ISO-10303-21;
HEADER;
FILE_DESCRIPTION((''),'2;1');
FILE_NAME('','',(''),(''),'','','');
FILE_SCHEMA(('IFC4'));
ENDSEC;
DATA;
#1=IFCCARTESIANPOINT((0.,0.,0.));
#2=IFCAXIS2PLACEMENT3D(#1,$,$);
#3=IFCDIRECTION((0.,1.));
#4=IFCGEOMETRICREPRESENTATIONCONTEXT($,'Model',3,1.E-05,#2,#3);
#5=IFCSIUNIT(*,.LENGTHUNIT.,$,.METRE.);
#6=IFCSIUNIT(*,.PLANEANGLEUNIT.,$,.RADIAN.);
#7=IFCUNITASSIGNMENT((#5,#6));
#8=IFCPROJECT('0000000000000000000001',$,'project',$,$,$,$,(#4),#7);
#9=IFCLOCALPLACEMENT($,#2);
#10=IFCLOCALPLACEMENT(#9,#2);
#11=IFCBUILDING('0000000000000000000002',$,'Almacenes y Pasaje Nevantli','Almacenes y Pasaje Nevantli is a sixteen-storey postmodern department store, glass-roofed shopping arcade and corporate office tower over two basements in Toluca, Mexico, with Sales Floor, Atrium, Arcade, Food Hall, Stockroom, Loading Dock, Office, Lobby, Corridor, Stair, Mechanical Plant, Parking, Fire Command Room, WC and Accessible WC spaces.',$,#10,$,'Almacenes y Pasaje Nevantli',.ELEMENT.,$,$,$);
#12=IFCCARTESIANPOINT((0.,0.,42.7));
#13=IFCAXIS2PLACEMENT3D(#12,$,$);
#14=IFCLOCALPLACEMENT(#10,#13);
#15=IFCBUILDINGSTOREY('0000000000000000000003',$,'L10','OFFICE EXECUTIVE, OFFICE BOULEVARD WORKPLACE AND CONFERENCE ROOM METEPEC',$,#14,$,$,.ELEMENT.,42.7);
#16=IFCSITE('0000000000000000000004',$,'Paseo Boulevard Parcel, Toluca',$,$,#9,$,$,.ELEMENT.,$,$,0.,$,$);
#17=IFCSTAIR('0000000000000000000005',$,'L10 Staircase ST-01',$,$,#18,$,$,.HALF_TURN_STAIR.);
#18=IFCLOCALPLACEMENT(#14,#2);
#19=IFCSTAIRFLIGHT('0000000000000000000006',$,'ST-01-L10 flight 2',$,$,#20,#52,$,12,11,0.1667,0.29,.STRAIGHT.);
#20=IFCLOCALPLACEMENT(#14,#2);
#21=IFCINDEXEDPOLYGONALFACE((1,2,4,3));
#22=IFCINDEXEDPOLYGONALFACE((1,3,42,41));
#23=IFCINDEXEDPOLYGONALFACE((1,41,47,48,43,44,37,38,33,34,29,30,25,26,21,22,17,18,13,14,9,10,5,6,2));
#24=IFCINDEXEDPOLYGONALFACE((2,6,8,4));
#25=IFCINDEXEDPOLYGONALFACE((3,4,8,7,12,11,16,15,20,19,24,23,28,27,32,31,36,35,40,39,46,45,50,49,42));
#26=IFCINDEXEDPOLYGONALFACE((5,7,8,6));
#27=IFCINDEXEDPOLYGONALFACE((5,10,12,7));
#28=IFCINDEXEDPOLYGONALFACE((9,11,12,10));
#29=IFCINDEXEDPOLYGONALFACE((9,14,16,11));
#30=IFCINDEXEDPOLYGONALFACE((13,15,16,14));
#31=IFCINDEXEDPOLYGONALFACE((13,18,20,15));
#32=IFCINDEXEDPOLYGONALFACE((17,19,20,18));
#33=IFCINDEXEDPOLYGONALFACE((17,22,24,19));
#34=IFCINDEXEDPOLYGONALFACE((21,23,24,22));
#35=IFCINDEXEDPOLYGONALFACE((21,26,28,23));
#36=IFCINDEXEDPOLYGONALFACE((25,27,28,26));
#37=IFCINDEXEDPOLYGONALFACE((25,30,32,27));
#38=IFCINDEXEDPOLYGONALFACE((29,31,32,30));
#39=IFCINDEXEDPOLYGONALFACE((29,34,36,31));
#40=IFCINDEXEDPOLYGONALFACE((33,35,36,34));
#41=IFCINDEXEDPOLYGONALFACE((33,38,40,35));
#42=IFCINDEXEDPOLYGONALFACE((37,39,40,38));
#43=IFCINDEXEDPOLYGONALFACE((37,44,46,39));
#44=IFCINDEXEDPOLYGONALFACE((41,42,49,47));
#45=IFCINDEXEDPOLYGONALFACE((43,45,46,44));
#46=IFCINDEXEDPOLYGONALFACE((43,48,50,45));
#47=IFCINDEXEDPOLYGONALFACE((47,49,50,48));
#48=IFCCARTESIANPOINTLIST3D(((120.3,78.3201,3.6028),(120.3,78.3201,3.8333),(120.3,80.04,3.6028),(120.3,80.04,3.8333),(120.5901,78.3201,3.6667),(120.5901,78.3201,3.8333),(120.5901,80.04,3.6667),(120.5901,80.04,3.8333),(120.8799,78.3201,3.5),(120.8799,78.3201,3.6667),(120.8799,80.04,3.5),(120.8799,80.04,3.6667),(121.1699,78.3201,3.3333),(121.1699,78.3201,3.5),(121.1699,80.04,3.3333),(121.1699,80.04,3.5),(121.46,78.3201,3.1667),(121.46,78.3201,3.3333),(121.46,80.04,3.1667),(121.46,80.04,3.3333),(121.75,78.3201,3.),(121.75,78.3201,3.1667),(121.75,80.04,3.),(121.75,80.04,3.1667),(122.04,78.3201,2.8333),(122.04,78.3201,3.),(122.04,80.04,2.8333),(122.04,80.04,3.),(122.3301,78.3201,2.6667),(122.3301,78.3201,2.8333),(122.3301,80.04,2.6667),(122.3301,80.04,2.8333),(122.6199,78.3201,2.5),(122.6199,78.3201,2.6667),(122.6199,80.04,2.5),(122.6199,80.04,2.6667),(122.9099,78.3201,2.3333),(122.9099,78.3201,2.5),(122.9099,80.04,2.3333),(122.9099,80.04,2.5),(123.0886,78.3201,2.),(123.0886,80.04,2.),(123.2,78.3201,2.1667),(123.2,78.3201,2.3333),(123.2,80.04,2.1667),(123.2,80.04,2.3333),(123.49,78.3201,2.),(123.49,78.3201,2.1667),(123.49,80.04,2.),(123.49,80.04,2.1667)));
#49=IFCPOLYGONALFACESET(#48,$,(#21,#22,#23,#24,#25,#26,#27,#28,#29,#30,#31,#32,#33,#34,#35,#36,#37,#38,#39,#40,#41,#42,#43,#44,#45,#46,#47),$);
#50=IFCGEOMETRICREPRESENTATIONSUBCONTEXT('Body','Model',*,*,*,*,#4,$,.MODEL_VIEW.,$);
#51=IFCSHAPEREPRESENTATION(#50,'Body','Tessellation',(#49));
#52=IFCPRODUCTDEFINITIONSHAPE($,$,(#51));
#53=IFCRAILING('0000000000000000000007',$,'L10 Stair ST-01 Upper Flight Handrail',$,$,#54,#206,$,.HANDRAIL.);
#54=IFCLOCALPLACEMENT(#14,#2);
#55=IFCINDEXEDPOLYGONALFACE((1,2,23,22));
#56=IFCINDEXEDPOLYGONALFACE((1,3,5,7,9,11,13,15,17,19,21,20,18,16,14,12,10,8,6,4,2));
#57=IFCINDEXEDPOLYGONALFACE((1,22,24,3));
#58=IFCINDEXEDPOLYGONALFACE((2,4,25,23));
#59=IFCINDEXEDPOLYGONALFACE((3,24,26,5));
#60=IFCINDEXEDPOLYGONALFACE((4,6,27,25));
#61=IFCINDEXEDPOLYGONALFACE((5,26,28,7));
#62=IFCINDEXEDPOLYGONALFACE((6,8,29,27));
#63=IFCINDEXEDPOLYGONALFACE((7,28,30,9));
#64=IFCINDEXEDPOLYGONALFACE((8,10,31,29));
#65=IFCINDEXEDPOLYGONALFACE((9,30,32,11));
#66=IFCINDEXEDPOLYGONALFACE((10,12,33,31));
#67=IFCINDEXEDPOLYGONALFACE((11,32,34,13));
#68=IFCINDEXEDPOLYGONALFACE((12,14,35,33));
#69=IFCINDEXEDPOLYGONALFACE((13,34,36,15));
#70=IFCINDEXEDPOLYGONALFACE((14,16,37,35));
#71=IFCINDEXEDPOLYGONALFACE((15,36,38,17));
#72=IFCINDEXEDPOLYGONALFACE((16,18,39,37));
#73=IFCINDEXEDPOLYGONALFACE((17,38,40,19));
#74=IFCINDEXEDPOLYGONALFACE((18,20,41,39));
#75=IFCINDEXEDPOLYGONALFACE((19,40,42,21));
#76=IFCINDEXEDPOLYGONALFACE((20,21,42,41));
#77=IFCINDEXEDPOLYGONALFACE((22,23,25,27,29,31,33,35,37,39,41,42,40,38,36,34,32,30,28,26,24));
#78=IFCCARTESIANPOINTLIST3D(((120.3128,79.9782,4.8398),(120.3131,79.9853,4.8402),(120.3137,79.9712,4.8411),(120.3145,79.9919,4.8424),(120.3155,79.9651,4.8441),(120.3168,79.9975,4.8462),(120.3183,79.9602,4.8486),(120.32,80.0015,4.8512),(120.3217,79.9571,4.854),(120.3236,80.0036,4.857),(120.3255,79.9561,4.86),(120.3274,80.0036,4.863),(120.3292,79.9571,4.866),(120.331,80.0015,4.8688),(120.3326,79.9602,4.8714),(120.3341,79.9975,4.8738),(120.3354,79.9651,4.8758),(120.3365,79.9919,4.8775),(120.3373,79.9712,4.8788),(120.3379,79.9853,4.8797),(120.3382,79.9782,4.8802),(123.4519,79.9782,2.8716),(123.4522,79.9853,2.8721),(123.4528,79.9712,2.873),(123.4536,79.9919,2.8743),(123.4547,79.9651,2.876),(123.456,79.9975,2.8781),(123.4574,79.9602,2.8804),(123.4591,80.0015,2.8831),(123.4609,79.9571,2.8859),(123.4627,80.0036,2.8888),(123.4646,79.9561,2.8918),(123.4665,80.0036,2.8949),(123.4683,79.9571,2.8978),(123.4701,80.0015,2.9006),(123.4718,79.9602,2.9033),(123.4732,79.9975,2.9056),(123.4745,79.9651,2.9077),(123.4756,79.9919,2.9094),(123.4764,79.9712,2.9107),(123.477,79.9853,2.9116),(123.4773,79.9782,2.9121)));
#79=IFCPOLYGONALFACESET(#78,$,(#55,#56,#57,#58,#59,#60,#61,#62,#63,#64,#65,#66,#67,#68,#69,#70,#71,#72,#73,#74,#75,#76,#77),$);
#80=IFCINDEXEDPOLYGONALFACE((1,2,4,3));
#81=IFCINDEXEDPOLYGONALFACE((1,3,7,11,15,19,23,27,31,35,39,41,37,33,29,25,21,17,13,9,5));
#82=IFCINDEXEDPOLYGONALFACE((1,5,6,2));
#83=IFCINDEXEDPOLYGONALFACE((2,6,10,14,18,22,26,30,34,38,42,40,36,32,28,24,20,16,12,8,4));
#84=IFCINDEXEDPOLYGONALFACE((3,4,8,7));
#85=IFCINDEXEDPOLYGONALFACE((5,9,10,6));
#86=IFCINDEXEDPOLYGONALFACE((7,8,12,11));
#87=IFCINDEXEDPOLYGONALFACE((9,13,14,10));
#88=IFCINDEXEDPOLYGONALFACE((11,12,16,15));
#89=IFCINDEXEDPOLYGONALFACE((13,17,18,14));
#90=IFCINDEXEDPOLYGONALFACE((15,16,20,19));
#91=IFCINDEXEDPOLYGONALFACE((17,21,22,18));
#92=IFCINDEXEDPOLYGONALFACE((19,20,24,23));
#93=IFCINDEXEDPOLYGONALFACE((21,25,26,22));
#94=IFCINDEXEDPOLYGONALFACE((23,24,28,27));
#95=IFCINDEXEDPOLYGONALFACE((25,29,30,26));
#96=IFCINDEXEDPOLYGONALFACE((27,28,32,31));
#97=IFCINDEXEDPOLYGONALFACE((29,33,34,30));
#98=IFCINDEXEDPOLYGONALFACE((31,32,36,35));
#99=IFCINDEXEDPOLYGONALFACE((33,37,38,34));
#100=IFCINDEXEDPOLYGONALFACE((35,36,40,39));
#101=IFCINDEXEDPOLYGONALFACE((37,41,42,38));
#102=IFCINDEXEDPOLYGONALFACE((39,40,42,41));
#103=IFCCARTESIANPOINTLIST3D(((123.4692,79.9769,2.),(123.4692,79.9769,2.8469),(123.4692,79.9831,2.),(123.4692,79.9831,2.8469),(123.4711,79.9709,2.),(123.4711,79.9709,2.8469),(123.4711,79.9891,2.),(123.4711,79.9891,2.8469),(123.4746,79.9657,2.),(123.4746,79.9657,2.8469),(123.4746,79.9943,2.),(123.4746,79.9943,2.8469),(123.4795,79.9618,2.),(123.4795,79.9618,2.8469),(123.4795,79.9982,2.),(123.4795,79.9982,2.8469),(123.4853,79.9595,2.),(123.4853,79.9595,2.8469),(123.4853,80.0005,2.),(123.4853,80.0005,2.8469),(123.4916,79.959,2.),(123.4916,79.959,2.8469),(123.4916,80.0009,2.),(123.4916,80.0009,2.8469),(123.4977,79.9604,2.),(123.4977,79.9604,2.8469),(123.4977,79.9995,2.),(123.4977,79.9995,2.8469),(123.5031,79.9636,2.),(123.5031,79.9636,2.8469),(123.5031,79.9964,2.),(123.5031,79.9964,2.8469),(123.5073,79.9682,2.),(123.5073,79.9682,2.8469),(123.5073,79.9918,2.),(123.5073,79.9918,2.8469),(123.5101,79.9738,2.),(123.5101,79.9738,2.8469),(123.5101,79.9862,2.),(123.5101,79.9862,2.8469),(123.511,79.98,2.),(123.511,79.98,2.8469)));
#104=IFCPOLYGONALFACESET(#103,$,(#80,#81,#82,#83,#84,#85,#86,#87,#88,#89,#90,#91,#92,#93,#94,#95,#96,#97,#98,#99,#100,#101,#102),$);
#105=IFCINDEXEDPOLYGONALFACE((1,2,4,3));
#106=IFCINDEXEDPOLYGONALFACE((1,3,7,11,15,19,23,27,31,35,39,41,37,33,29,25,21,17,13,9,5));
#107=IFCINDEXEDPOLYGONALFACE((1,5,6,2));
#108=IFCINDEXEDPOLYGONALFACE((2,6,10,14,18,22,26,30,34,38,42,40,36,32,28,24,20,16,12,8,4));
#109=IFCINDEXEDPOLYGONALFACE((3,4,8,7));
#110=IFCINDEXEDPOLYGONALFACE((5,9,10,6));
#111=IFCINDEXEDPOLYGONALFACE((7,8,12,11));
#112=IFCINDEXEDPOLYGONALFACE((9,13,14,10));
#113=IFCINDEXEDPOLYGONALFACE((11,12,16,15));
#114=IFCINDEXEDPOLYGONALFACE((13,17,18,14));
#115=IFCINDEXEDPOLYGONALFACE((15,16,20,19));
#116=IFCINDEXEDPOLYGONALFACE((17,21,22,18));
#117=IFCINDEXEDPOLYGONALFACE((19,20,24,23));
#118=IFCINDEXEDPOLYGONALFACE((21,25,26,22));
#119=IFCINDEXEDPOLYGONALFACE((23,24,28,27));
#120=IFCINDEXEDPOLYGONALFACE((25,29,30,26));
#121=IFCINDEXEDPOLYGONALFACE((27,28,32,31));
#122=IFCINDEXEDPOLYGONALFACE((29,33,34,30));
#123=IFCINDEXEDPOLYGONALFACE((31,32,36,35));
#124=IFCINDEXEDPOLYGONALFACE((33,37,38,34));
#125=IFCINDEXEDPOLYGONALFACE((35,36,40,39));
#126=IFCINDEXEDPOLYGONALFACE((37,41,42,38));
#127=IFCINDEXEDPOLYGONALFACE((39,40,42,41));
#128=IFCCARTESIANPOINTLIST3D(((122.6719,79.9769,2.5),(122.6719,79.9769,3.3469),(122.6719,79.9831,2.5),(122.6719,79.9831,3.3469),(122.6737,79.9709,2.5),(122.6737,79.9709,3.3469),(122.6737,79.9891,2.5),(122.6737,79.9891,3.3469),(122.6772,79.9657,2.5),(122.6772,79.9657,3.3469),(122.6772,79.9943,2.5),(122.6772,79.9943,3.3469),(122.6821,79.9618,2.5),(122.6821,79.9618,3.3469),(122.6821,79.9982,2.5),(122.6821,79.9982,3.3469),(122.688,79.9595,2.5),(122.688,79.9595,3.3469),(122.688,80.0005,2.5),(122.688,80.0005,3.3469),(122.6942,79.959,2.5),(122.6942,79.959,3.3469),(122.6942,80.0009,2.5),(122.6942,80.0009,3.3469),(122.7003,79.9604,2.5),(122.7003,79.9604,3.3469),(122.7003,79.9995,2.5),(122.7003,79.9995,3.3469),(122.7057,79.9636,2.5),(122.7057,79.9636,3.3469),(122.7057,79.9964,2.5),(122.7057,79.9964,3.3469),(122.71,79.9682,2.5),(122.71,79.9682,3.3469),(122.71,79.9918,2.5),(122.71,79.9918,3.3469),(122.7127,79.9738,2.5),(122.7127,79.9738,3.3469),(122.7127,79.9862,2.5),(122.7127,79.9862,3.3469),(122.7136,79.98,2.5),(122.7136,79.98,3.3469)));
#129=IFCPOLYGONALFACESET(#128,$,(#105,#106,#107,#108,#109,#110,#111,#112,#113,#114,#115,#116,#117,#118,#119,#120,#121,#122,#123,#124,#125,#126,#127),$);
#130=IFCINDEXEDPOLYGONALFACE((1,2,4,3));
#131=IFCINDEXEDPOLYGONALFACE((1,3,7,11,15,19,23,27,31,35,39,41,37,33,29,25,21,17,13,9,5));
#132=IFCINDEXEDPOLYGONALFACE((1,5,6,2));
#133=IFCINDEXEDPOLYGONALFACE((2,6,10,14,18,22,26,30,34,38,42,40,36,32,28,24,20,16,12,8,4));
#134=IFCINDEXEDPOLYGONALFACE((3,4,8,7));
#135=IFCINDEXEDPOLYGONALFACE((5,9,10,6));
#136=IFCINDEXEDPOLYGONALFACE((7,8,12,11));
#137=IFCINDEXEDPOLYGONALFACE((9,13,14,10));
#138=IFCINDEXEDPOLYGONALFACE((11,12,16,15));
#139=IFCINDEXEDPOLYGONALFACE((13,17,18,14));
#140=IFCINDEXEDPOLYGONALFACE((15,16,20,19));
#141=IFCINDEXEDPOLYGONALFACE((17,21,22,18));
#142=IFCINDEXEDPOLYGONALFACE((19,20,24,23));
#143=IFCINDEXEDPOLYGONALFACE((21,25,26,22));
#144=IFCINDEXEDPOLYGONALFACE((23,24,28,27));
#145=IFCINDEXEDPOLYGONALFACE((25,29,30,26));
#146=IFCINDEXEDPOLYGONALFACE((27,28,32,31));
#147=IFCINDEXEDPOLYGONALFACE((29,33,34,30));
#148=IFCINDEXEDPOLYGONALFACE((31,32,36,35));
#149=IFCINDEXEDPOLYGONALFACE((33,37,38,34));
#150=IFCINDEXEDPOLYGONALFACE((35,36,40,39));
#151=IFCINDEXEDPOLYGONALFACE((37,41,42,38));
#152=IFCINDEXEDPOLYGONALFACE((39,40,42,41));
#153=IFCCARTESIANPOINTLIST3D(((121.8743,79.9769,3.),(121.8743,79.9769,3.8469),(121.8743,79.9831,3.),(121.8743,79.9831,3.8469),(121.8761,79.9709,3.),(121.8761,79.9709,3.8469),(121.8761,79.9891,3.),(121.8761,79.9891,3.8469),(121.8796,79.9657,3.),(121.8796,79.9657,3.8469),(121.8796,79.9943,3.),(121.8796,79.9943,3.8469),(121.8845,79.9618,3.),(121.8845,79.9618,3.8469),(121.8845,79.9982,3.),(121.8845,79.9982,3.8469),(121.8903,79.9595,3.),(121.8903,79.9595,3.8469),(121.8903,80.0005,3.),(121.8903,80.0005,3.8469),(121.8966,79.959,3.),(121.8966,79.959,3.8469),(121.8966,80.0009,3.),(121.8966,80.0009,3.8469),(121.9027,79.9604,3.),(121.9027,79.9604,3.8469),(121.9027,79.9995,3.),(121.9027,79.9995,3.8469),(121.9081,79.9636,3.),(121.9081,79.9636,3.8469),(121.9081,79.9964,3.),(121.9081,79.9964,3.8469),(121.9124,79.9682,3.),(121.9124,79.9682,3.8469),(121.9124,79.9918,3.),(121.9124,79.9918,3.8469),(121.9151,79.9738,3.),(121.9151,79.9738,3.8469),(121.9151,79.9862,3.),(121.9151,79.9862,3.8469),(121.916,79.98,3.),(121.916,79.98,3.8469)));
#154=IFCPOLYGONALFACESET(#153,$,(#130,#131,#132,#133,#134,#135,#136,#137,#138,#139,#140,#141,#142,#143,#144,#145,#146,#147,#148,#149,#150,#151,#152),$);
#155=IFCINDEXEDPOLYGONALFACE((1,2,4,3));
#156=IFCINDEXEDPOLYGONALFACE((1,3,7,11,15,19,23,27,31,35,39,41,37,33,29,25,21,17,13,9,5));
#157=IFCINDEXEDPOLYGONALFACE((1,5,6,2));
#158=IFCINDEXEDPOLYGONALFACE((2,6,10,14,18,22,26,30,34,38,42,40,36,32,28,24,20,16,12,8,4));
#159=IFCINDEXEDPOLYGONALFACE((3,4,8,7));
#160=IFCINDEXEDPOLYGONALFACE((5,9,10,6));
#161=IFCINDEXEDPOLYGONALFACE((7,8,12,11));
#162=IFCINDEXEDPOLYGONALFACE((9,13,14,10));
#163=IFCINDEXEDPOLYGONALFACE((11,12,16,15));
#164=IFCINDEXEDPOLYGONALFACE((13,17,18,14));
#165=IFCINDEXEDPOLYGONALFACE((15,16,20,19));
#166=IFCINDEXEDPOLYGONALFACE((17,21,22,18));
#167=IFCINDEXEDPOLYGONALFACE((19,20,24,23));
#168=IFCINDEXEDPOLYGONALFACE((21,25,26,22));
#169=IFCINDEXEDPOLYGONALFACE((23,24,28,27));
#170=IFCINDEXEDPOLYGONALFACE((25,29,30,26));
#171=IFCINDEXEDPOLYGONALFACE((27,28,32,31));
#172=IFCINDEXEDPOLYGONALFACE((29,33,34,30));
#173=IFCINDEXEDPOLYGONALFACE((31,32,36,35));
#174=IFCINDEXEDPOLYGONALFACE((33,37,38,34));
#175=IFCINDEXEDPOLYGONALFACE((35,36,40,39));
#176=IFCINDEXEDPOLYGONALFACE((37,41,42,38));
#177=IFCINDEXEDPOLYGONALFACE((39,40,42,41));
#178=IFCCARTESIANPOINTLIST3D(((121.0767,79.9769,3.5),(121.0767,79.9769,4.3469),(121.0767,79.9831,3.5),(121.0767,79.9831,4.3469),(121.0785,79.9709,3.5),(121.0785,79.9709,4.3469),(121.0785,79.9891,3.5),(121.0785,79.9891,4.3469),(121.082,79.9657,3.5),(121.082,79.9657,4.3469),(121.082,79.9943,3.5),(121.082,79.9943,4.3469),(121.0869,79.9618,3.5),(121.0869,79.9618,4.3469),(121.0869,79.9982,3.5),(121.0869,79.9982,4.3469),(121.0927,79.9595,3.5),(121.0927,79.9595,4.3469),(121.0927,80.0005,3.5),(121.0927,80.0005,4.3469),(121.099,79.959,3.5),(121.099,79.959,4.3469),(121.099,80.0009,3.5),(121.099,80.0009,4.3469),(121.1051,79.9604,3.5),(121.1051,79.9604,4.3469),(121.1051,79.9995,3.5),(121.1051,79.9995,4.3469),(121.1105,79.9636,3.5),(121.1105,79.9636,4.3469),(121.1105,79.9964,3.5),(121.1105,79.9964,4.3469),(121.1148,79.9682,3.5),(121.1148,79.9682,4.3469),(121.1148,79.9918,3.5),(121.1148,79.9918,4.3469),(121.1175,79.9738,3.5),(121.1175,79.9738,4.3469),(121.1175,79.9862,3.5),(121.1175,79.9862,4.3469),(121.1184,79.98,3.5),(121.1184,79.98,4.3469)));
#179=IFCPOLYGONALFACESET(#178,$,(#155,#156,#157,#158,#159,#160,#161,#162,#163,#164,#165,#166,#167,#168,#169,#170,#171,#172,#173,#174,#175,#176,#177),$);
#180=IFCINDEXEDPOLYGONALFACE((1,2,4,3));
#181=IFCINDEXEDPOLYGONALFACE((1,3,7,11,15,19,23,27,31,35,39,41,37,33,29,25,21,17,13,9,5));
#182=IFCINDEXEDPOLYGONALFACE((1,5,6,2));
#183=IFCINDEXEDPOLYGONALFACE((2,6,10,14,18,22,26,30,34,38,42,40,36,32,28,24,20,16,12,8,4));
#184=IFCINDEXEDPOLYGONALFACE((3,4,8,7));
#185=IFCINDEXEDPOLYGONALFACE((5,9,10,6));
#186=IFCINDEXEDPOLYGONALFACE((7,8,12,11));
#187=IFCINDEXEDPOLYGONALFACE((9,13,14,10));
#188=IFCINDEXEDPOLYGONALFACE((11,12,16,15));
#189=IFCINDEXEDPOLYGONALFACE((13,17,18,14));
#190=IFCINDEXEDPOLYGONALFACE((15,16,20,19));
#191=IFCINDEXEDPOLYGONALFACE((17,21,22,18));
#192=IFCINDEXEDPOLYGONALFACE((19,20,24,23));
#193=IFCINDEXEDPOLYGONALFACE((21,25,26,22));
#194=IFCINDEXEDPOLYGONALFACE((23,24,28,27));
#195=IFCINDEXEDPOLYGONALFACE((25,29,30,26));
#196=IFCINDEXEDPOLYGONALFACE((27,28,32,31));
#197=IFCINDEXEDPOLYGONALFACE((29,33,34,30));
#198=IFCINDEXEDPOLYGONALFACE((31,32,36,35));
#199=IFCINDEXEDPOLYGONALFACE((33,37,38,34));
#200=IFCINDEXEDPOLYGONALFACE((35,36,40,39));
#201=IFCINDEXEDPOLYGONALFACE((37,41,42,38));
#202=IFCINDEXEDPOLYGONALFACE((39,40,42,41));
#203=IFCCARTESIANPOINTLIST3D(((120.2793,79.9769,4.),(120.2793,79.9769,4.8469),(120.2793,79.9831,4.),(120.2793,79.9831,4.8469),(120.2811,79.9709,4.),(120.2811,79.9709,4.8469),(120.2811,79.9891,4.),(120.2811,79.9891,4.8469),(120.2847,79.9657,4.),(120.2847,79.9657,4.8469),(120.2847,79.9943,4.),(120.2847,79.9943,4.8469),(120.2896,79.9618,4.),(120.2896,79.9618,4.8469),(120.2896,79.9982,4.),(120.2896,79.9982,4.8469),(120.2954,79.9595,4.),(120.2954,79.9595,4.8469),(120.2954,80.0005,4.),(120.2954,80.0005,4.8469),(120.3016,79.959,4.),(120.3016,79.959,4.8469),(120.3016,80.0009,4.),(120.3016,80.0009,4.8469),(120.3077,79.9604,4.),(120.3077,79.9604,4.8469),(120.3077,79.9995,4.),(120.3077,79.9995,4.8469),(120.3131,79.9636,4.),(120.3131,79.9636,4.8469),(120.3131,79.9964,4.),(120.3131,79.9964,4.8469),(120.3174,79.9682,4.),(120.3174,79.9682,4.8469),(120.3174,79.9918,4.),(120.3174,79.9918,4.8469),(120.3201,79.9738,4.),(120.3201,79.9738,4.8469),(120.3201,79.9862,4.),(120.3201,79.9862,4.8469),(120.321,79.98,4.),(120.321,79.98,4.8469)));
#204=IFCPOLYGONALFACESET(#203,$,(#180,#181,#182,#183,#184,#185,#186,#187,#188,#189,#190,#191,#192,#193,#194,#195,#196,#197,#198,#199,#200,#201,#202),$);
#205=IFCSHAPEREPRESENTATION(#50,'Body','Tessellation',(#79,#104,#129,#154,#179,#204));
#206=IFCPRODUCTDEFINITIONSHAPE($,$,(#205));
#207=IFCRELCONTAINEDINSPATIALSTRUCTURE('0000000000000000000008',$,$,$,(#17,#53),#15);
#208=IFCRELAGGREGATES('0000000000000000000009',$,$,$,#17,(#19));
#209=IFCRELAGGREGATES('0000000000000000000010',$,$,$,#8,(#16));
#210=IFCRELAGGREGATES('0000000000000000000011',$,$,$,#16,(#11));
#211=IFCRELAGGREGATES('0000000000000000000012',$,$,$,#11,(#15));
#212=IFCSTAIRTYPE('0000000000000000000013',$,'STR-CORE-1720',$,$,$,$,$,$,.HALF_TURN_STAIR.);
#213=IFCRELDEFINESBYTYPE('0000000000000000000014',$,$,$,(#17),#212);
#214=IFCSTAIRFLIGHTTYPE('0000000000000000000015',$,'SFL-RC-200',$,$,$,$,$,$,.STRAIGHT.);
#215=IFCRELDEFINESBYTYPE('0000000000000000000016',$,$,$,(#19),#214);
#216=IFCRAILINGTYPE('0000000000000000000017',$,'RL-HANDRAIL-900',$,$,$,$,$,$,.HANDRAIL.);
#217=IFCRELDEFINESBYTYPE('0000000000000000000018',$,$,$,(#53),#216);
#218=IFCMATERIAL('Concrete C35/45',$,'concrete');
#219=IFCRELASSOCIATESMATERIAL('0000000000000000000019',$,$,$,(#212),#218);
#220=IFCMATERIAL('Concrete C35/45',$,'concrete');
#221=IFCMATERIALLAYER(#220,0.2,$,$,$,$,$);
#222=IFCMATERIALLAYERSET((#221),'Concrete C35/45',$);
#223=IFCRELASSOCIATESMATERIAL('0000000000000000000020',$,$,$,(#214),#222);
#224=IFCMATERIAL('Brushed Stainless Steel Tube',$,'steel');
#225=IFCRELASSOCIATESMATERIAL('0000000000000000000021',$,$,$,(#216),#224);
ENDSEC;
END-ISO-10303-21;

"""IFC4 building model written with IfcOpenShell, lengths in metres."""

from ifc_helpers import new_model, si_unit, direction, frame, origin, origin_2d, place, context, subcontext, project, spatial, polyline, circle, outline, extrude, material, layer, layer_set, type_object, element, aggregate, save


model = new_model("IFC4")

# Units and contexts
model_context = context("Model", 3, precision=1e-05, world=origin(), true_north=direction((0.0, 1.0)))
body_context = subcontext(model_context, "Body", "Model", "MODEL_VIEW")
ifc_project = project(units=[si_unit("LENGTHUNIT", "METRE"), si_unit("PLANEANGLEUNIT", "RADIAN")], contexts=[model_context])

# Site, building, storey
site_placement = place(None, origin())
site = spatial("IfcSite", under=ifc_project, at=site_placement, Name="Paseo Boulevard Parcel, Toluca", CompositionType="ELEMENT", RefElevation=0.0)
building_placement = place(site_placement, origin())
building = spatial("IfcBuilding", under=site, at=building_placement, Name="Almacenes y Pasaje Nevantli", Description="Almacenes y Pasaje Nevantli is a sixteen-storey postmodern department store, glass-roofed shopping arcade and corporate office tower over two basements in Toluca, Mexico, with Sales Floor, Atrium, Arcade, Food Hall, Stockroom, Loading Dock, Office, Lobby, Corridor, Stair, Mechanical Plant, Parking, Fire Command Room, WC and Accessible WC spaces.", LongName="Almacenes y Pasaje Nevantli", CompositionType="ELEMENT")
storey_placement = place(building_placement, frame((0.0, 0.0, 42.7)))
storey = spatial("IfcBuildingStorey", under=building, at=storey_placement, Name="L10", Description="OFFICE EXECUTIVE, OFFICE BOULEVARD WORKPLACE AND CONFERENCE ROOM METEPEC", CompositionType="ELEMENT", Elevation=42.7)

# Stair, stair flight
ifc_material_1 = material(Name="Concrete C35/45", Category="concrete")
stair_type = type_object("IfcStairType", Name="STR-CORE-1720", PredefinedType="HALF_TURN_STAIR", material=ifc_material_1)
stair_placement = place(storey_placement, origin())
stair = element("IfcStair", 1, at=stair_placement, inside=storey, type_object=stair_type, Name="L10 Staircase ST-01", PredefinedType="HALF_TURN_STAIR")
ifc_material_2 = material(Name="Concrete C35/45", Category="concrete")
ifc_layer_1 = layer(ifc_material_2, 0.2)
ifc_layer_set_1 = layer_set([ifc_layer_1], Name="Concrete C35/45")
stair_flight_type = type_object("IfcStairFlightType", Name="SFL-RC-200", PredefinedType="STRAIGHT", material=ifc_layer_set_1)
stair_flight_placement = place(storey_placement, frame((123.49, 79.1799, 2.0), z_axis=(0.0, 0.0, 1.0), x_axis=(-1.0, 0.0, 0.0)))
stair_flight = element("IfcStairFlight", 2, at=stair_flight_placement, type_object=stair_flight_type, Name="ST-01-L10 flight 2", NumberOfRisers=12, NumberOfTreads=11, PredefinedType="STRAIGHT", RiserHeight=0.1667, TreadLength=0.29, context=body_context, shape_type="SweptSolid", body=[
    extrude(outline(polyline([(0.0, 0.0), (0.0, 0.1667), (0.29, 0.1667), (0.29, 0.3333), (0.5801, 0.3333), (0.5801, 0.5), (0.8701, 0.5), (0.8701, 0.6667), (1.1599, 0.6667), (1.1599, 0.8333), (1.45, 0.8333), (1.45, 1.0), (1.74, 1.0), (1.74, 1.1667), (2.03, 1.1667), (2.03, 1.3333), (2.3201, 1.3333), (2.3201, 1.5), (2.6101, 1.5), (2.6101, 1.6667), (2.8999, 1.6667), (2.8999, 1.8333), (3.1899, 1.8333), (3.1899, 2.0), (3.1899, 1.6028), (0.4014, 0.0), (0.0, 0.0)])), frame((0.0, 0.8599, 0.0), z_axis=(0.0, -1.0, 0.0), x_axis=(1.0, 0.0, 0.0)), (0.0, 0.0, 1.0), 1.72),
])
aggregate(stair, [stair_flight])

# Railing
ifc_material_3 = material(Name="Brushed Stainless Steel Tube", Category="steel")
railing_type = type_object("IfcRailingType", Name="RL-HANDRAIL-900", PredefinedType="HANDRAIL", material=ifc_material_3)
railing_placement = place(storey_placement, frame((123.49, 79.98, 2.0)))
element("IfcRailing", 3, at=railing_placement, inside=storey, type_object=railing_type, Name="L10 Stair ST-01 Upper Flight Handrail", PredefinedType="HANDRAIL", context=body_context, shape_type="SweptSolid", body=[
    extrude(circle(Radius=0.0239, at=origin_2d()), frame((-0.0254, 0.0, 0.8918), z_axis=(-0.847247, 0.0, 0.531199), x_axis=(0.0, -1.0, 0.0)), (0.0, 0.0, 1.0), 3.7051),
    extrude(circle(Radius=0.021, at=origin_2d()), origin(), (0.0, 0.0, 1.0), 0.8469),
    extrude(circle(Radius=0.021, at=origin_2d()), frame((-0.7974, 0.0, 0.5)), (0.0, 0.0, 1.0), 0.8469),
    extrude(circle(Radius=0.021, at=origin_2d()), frame((-1.595, 0.0, 1.0)), (0.0, 0.0, 1.0), 0.8469),
    extrude(circle(Radius=0.021, at=origin_2d()), frame((-2.3926, 0.0, 1.5)), (0.0, 0.0, 1.0), 0.8469),
    extrude(circle(Radius=0.021, at=origin_2d()), frame((-3.1899, 0.0, 2.0)), (0.0, 0.0, 1.0), 0.8469),
])

save(model, "model.ifc")
